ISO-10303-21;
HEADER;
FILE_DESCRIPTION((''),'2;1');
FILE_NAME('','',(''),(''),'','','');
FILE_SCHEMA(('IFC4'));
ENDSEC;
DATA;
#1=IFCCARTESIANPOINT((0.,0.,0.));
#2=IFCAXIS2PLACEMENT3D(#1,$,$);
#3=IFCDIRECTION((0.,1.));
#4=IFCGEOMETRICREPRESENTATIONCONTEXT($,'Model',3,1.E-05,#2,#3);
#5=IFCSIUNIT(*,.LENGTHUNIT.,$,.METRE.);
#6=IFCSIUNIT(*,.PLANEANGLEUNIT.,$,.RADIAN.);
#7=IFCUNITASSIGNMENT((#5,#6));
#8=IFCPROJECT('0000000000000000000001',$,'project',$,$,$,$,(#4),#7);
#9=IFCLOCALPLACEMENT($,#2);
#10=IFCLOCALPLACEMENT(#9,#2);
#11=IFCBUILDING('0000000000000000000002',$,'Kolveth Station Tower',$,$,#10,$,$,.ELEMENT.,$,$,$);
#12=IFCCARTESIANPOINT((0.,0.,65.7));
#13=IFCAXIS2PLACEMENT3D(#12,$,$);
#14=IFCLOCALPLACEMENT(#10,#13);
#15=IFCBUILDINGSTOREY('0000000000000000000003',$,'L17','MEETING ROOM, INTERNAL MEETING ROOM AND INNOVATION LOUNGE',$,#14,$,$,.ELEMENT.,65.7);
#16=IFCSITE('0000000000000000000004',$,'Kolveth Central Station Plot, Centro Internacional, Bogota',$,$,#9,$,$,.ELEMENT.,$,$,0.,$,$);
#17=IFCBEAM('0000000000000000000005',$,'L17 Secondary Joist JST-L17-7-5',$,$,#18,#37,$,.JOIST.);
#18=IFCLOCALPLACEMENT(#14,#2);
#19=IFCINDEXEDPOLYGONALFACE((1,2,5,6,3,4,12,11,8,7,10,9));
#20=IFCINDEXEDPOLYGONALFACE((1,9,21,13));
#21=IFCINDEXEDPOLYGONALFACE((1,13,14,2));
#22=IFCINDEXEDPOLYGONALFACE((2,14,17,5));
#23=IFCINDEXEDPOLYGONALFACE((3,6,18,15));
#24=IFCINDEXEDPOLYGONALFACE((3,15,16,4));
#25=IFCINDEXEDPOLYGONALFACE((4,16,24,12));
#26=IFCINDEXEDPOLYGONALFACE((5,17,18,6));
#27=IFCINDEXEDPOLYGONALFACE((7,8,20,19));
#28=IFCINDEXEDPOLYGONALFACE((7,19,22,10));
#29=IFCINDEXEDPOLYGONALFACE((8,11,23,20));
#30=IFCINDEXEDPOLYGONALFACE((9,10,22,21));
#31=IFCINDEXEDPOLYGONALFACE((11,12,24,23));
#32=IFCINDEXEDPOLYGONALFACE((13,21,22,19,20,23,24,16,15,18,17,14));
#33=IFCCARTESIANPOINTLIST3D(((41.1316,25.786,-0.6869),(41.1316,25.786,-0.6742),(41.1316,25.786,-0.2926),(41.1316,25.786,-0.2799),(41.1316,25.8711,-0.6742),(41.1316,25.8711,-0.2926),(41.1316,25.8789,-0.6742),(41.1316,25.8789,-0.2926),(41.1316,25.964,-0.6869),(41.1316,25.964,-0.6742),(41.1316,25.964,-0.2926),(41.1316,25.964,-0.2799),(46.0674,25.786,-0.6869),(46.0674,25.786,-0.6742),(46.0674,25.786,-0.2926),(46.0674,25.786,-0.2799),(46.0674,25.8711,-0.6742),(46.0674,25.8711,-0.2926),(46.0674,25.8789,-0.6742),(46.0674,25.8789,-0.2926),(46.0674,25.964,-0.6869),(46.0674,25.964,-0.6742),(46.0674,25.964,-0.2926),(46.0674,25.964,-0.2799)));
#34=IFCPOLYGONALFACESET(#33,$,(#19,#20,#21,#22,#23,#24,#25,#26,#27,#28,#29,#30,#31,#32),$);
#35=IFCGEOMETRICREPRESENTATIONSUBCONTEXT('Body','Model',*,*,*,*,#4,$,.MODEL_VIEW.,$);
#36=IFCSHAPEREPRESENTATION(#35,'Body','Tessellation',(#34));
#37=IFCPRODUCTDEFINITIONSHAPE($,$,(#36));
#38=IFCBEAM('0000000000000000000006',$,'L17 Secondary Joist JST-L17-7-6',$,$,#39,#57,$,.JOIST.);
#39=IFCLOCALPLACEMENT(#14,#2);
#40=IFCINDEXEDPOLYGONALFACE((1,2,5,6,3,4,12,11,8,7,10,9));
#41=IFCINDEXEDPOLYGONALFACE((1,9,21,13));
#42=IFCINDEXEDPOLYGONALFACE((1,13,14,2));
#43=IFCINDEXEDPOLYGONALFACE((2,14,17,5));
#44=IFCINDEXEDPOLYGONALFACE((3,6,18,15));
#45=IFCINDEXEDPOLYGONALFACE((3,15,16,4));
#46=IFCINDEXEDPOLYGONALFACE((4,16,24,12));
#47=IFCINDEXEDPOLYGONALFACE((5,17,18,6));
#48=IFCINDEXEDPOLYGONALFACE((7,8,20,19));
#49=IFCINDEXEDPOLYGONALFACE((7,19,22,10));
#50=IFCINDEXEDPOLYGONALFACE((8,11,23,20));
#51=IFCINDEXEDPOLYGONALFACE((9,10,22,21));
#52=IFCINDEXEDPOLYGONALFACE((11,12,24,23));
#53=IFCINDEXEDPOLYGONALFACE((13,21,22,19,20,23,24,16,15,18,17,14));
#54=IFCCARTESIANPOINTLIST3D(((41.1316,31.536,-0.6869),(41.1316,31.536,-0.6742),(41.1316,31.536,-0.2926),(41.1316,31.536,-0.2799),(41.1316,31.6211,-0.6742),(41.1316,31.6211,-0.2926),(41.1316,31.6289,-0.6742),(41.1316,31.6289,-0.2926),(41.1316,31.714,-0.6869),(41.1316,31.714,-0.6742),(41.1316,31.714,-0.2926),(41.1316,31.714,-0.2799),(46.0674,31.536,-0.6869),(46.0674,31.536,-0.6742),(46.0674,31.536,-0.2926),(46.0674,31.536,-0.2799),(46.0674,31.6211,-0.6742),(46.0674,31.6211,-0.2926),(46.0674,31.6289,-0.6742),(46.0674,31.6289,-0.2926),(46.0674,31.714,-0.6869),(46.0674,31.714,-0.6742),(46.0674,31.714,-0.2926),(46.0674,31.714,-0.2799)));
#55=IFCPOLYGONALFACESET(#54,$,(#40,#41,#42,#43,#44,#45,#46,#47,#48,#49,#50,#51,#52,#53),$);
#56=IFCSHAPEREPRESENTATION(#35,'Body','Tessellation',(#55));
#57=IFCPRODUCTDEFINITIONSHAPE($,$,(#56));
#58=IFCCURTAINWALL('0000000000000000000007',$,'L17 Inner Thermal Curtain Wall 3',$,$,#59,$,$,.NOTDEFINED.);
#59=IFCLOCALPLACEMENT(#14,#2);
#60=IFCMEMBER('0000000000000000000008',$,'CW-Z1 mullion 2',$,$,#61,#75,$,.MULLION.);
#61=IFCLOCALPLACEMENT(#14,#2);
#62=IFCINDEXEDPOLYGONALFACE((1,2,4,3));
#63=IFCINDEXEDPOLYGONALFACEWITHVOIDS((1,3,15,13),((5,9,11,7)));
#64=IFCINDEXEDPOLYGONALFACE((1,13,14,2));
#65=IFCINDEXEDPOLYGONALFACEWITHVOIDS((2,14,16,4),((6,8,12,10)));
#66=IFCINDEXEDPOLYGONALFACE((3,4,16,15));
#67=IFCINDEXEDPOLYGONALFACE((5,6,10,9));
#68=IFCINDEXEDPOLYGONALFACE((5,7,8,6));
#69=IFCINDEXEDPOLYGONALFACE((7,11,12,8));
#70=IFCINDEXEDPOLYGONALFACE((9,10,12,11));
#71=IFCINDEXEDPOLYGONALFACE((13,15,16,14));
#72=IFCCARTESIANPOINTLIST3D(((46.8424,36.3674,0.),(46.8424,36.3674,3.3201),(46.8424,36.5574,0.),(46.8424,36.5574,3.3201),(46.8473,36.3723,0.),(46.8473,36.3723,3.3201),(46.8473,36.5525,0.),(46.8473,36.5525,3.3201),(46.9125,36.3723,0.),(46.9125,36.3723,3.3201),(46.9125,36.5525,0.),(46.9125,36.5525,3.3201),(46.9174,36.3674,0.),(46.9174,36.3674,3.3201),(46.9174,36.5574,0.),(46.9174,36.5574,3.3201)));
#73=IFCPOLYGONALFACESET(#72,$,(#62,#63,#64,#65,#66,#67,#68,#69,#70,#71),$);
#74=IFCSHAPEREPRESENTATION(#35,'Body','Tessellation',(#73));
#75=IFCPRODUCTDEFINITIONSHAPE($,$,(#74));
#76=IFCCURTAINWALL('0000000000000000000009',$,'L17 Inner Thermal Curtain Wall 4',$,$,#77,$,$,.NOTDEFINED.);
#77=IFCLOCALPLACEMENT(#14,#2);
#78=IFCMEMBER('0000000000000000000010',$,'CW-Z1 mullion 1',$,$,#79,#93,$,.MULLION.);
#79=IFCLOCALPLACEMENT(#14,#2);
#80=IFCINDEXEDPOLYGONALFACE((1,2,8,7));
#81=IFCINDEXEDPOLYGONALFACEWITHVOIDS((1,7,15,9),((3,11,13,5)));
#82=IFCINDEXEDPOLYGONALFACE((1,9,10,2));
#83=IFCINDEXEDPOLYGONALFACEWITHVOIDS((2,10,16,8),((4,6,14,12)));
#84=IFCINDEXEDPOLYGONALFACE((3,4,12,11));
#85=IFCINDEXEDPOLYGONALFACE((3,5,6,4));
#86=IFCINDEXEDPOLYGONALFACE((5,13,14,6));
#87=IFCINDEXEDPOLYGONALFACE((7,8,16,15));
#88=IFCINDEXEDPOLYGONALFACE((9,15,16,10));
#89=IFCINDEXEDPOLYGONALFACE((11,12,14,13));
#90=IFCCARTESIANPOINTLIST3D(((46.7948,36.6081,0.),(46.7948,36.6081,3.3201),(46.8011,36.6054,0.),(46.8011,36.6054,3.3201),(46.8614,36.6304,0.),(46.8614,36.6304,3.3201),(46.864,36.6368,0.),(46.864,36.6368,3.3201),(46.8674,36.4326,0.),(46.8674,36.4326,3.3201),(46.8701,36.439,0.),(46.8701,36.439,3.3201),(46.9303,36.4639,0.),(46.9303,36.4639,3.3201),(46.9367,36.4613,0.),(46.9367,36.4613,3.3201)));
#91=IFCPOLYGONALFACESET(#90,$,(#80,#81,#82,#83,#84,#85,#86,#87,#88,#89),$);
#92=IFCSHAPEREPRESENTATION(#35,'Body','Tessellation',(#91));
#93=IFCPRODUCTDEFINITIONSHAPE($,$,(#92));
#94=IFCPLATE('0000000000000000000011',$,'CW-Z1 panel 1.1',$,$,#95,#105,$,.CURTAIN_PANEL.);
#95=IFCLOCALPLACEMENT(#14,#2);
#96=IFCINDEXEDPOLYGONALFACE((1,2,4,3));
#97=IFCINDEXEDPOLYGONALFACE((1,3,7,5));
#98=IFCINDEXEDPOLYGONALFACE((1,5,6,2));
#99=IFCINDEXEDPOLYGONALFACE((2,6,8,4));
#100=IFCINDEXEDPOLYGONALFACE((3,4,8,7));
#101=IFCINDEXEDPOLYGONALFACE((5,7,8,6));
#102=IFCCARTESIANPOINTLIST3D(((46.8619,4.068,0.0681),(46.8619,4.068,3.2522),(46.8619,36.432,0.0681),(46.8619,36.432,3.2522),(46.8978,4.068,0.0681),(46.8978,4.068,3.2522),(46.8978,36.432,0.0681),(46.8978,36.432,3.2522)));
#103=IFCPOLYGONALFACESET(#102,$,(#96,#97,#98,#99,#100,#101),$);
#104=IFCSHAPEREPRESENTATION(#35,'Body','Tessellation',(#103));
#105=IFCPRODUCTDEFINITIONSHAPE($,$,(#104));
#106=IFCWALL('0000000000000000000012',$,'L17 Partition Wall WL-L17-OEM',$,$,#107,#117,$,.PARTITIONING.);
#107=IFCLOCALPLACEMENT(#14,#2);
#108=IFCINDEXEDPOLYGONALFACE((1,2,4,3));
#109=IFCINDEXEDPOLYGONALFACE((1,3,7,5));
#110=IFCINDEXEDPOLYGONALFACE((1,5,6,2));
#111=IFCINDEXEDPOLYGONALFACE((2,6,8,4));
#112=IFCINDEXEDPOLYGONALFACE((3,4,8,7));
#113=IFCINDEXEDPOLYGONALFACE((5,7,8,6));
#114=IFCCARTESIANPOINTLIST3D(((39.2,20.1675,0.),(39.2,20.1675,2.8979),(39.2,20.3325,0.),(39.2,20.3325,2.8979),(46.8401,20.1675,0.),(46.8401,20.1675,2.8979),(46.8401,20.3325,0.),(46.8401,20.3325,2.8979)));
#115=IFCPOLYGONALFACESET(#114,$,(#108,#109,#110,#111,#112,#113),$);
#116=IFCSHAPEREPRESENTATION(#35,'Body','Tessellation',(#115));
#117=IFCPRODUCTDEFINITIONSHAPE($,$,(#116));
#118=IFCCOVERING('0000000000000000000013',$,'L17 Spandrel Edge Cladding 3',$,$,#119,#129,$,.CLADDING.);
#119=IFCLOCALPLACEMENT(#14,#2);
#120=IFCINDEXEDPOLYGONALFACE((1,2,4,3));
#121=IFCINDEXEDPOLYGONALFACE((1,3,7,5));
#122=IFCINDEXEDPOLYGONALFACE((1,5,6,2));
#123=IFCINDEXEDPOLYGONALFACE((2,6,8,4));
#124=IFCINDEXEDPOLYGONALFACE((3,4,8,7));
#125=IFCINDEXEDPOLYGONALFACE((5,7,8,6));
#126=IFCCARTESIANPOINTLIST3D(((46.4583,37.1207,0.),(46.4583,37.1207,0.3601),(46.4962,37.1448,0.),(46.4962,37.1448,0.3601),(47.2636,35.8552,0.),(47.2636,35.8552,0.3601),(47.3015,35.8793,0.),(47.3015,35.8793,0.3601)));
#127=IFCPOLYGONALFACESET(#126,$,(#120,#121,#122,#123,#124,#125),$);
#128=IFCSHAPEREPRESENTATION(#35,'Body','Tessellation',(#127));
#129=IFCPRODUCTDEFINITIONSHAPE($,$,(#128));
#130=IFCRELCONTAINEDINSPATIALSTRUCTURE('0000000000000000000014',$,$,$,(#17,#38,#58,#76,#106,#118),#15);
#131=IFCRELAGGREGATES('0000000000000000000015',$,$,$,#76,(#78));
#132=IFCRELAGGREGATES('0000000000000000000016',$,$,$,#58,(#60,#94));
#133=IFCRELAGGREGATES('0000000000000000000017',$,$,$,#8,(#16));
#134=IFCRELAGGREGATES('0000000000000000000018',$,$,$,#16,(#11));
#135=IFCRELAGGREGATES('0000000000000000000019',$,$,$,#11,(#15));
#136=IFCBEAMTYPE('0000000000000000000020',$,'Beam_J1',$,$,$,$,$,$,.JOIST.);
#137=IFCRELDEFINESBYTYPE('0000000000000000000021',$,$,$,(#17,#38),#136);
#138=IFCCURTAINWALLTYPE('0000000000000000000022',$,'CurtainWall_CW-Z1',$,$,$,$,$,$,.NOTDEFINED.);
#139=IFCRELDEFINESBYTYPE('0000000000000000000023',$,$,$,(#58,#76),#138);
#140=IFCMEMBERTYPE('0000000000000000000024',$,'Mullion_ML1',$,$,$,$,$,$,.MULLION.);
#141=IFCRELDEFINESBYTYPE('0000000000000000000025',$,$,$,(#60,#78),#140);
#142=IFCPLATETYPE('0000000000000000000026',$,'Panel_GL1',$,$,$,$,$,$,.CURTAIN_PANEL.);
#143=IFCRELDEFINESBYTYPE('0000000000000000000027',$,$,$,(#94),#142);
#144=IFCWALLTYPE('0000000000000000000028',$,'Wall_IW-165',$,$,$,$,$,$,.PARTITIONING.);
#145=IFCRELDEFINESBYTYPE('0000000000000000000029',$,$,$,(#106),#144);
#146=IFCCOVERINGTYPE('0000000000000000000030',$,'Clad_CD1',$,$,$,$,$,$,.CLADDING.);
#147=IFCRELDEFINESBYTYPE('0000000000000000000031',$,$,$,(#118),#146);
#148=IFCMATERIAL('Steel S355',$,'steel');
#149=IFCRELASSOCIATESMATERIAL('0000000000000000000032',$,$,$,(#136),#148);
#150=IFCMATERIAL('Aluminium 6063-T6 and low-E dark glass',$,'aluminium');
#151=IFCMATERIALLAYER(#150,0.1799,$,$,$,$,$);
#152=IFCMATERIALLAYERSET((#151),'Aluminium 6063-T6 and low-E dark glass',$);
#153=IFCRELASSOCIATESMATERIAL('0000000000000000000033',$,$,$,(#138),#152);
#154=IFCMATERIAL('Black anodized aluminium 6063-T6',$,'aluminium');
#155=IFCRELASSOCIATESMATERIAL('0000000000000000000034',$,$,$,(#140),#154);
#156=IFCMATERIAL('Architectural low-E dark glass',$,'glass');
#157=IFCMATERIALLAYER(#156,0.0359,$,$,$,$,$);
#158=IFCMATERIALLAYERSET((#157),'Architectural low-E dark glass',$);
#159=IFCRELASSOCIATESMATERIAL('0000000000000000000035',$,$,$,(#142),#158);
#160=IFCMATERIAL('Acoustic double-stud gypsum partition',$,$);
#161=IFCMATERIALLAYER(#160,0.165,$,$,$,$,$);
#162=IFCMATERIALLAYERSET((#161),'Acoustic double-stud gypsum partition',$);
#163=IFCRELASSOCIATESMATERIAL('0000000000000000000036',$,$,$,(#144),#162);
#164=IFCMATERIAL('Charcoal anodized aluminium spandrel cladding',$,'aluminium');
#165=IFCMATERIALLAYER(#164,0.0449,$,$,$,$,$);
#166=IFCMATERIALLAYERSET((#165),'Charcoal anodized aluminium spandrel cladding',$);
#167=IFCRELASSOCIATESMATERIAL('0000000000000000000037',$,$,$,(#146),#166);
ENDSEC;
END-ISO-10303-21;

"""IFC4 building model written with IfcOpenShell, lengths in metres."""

from ifc_helpers import new_model, si_unit, direction, frame, frame_2d, origin, origin_2d, place, context, subcontext, project, spatial, rectangle, hollow_rectangle, i_section, extrude, source, transform, mapped, material, layer, layer_set, material_profile, profile_set, type_object, element, aggregate, save


model = new_model("IFC4")

# Units and contexts
model_context = context("Model", 3, precision=1e-05, world=origin(), true_north=direction((0.0, 1.0)))
body_context = subcontext(model_context, "Body", "Model", "MODEL_VIEW")
ifc_project = project(units=[si_unit("LENGTHUNIT", "METRE"), si_unit("PLANEANGLEUNIT", "RADIAN")], contexts=[model_context])

# Site, building, storey
site_placement = place(None, origin())
site = spatial("IfcSite", under=ifc_project, at=site_placement, Name="Kolveth Central Station Plot, Centro Internacional, Bogota", CompositionType="ELEMENT", RefElevation=0.0)
building_placement = place(site_placement, origin())
building = spatial("IfcBuilding", under=site, at=building_placement, Name="Kolveth Station Tower", CompositionType="ELEMENT")
storey_placement = place(building_placement, frame((0.0, 0.0, 65.7)))
storey = spatial("IfcBuildingStorey", under=building, at=storey_placement, Name="L17", Description="MEETING ROOM, INTERNAL MEETING ROOM AND INNOVATION LOUNGE", CompositionType="ELEMENT", Elevation=65.7)

# Shared definitions
ifc_material_1 = material(Name="Steel S355", Category="steel")

# Beams
ifc_material_profile_1 = material_profile(ifc_material_1, i_section(OverallWidth=0.178, OverallDepth=0.407, WebThickness=0.0078, FlangeThickness=0.0127, at=origin_2d()), Name="W410x60")
ifc_profile_set_1 = profile_set([ifc_material_profile_1], Name="Steel S355")
beam_type_1 = type_object("IfcBeamType", Name="Beam_J1", PredefinedType="JOIST", material=ifc_profile_set_1)
shared_shape_1 = source(origin(), body_context, "Body", "SweptSolid", [
    extrude(i_section(OverallWidth=0.178, OverallDepth=0.407, WebThickness=0.0078, FlangeThickness=0.0127, at=origin_2d()), origin(), (0.0, 0.0, 1.0), 4.9358),
])
for number, where, z_axis, x_axis, name in (
    (1, (41.1316, 25.875, -0.4834), (1.0, 0.0, 0.0), (0.0, 1.0, 0.0), "L17 Secondary Joist JST-L17-7-5"),
    (2, (41.1316, 31.625, -0.4834), (1.0, 0.0, 0.0), (0.0, 1.0, 0.0), "L17 Secondary Joist JST-L17-7-6"),
):
    element("IfcBeam", number, at=place(storey_placement, frame(where, z_axis=z_axis, x_axis=x_axis)), inside=storey, type_object=beam_type_1, Name=name, PredefinedType="JOIST", context=body_context, shape_type="MappedRepresentation", body=[
        mapped(shared_shape_1, transform((0.0, 0.0, 0.0), x_axis=(1.0, 0.0, 0.0), y_axis=(0.0, 1.0, 0.0), z_axis=(0.0, 0.0, 1.0), scale=1.0)),
    ])

# Curtain walls, members
ifc_material_2 = material(Name="Aluminium 6063-T6 and low-E dark glass", Category="aluminium")
ifc_layer_1 = layer(ifc_material_2, 0.1799)
ifc_layer_set_1 = layer_set([ifc_layer_1], Name="Aluminium 6063-T6 and low-E dark glass")
curtain_wall_type = type_object("IfcCurtainWallType", Name="CurtainWall_CW-Z1", PredefinedType="NOTDEFINED", material=ifc_layer_set_1)
curtain_wall_1_placement = place(storey_placement, origin())
curtain_wall_1 = element("IfcCurtainWall", 3, at=curtain_wall_1_placement, inside=storey, type_object=curtain_wall_type, Name="L17 Inner Thermal Curtain Wall 3", PredefinedType="NOTDEFINED")
ifc_material_3 = material(Name="Black anodized aluminium 6063-T6", Category="aluminium")
ifc_material_profile_2 = material_profile(ifc_material_3, hollow_rectangle(XDim=0.075, YDim=0.1899, WallThickness=0.0049, at=origin_2d()), Name="ALU-75x190x5")
ifc_profile_set_2 = profile_set([ifc_material_profile_2], Name="Black anodized aluminium 6063-T6")
member_type = type_object("IfcMemberType", Name="Mullion_ML1", PredefinedType="MULLION", material=ifc_profile_set_2)
shared_shape_2 = source(origin(), body_context, "Body", "SweptSolid", [
    extrude(hollow_rectangle(XDim=0.075, YDim=0.1899, WallThickness=0.0049, at=origin_2d()), origin(), (0.0, 0.0, 1.0), 3.3201),
])
member_1_placement = place(storey_placement, frame((46.8799, 36.4624, 0.0), z_axis=(0.0, 0.0, 1.0), x_axis=(-1.0, 0.0, 0.0)))
member_1 = element("IfcMember", 4, at=member_1_placement, type_object=member_type, Name="CW-Z1 mullion 2", PredefinedType="MULLION", context=body_context, shape_type="MappedRepresentation", body=[
    mapped(shared_shape_2, transform((0.0, 0.0, 0.0), x_axis=(1.0, 0.0, 0.0), y_axis=(0.0, 1.0, 0.0), z_axis=(0.0, 0.0, 1.0), scale=1.0)),
])
curtain_wall_2_placement = place(storey_placement, origin())
curtain_wall_2 = element("IfcCurtainWall", 5, at=curtain_wall_2_placement, inside=storey, type_object=curtain_wall_type, Name="L17 Inner Thermal Curtain Wall 4", PredefinedType="NOTDEFINED")
member_2_placement = place(storey_placement, frame((46.8657, 36.5347, 0.0), z_axis=(0.0, 0.0, 1.0), x_axis=(-0.923884, -0.382673, 0.0)))
member_2 = element("IfcMember", 6, at=member_2_placement, type_object=member_type, Name="CW-Z1 mullion 1", PredefinedType="MULLION", context=body_context, shape_type="MappedRepresentation", body=[
    mapped(shared_shape_2, transform((0.0, 0.0, 0.0), x_axis=(1.0, 0.0, 0.0), y_axis=(0.0, 1.0, 0.0), z_axis=(0.0, 0.0, 1.0), scale=1.0)),
])
aggregate(curtain_wall_2, [member_2])

# Plate
ifc_material_4 = material(Name="Architectural low-E dark glass", Category="glass")
ifc_layer_2 = layer(ifc_material_4, 0.0359)
ifc_layer_set_2 = layer_set([ifc_layer_2], Name="Architectural low-E dark glass")
plate_type = type_object("IfcPlateType", Name="Panel_GL1", PredefinedType="CURTAIN_PANEL", material=ifc_layer_set_2)
shared_shape_3 = source(origin(), body_context, "Body", "SweptSolid", [
    extrude(rectangle(XDim=32.364, YDim=0.0359, at=origin_2d()), origin(), (0.0, 0.0, 1.0), 3.1841),
])
plate_placement = place(storey_placement, frame((46.8799, 20.25, 0.0681), z_axis=(0.0, 0.0, 1.0), x_axis=(0.0, 1.0, 0.0)))
plate = element("IfcPlate", 7, at=plate_placement, type_object=plate_type, Name="CW-Z1 panel 1.1", PredefinedType="CURTAIN_PANEL", context=body_context, shape_type="MappedRepresentation", body=[
    mapped(shared_shape_3, transform((0.0, 0.0, 0.0), x_axis=(1.0, 0.0, 0.0), y_axis=(0.0, 1.0, 0.0), z_axis=(0.0, 0.0, 1.0), scale=1.0)),
])
aggregate(curtain_wall_1, [member_1, plate])

# Wall
ifc_material_5 = material(Name="Acoustic double-stud gypsum partition")
ifc_layer_3 = layer(ifc_material_5, 0.165)
ifc_layer_set_3 = layer_set([ifc_layer_3], Name="Acoustic double-stud gypsum partition")
wall_type = type_object("IfcWallType", Name="Wall_IW-165", PredefinedType="PARTITIONING", material=ifc_layer_set_3)
wall_placement = place(storey_placement, frame((39.2, 20.25, 0.0), z_axis=(0.0, 0.0, 1.0), x_axis=(1.0, 0.0, 0.0)))
element("IfcWall", 8, at=wall_placement, inside=storey, type_object=wall_type, Name="L17 Partition Wall WL-L17-OEM", PredefinedType="PARTITIONING", context=body_context, shape_type="SweptSolid", body=[
    extrude(rectangle(XDim=7.6401, YDim=0.165, at=frame_2d((3.8201, 0.0))), origin(), (0.0, 0.0, 1.0), 2.8979),
])

# Covering
ifc_material_6 = material(Name="Charcoal anodized aluminium spandrel cladding", Category="aluminium")
ifc_layer_4 = layer(ifc_material_6, 0.0449)
ifc_layer_set_4 = layer_set([ifc_layer_4], Name="Charcoal anodized aluminium spandrel cladding")
covering_type = type_object("IfcCoveringType", Name="Clad_CD1", PredefinedType="CLADDING", material=ifc_layer_set_4)
shared_shape_4 = source(origin(), body_context, "Body", "SweptSolid", [
    extrude(rectangle(XDim=1.5, YDim=0.0449, at=origin_2d()), origin(), (0.0, 0.0, 1.0), 0.3601),
])
covering_placement = place(storey_placement, frame((46.8799, 36.5, 0.0), z_axis=(0.0, 0.0, 1.0), x_axis=(-0.536858, 0.843673, 0.0)))
element("IfcCovering", 9, at=covering_placement, inside=storey, type_object=covering_type, Name="L17 Spandrel Edge Cladding 3", PredefinedType="CLADDING", context=body_context, shape_type="MappedRepresentation", body=[
    mapped(shared_shape_4, transform((0.0, 0.0, 0.0), x_axis=(1.0, 0.0, 0.0), y_axis=(0.0, 1.0, 0.0), z_axis=(0.0, 0.0, 1.0), scale=1.0)),
])

save(model, "model.ifc")
